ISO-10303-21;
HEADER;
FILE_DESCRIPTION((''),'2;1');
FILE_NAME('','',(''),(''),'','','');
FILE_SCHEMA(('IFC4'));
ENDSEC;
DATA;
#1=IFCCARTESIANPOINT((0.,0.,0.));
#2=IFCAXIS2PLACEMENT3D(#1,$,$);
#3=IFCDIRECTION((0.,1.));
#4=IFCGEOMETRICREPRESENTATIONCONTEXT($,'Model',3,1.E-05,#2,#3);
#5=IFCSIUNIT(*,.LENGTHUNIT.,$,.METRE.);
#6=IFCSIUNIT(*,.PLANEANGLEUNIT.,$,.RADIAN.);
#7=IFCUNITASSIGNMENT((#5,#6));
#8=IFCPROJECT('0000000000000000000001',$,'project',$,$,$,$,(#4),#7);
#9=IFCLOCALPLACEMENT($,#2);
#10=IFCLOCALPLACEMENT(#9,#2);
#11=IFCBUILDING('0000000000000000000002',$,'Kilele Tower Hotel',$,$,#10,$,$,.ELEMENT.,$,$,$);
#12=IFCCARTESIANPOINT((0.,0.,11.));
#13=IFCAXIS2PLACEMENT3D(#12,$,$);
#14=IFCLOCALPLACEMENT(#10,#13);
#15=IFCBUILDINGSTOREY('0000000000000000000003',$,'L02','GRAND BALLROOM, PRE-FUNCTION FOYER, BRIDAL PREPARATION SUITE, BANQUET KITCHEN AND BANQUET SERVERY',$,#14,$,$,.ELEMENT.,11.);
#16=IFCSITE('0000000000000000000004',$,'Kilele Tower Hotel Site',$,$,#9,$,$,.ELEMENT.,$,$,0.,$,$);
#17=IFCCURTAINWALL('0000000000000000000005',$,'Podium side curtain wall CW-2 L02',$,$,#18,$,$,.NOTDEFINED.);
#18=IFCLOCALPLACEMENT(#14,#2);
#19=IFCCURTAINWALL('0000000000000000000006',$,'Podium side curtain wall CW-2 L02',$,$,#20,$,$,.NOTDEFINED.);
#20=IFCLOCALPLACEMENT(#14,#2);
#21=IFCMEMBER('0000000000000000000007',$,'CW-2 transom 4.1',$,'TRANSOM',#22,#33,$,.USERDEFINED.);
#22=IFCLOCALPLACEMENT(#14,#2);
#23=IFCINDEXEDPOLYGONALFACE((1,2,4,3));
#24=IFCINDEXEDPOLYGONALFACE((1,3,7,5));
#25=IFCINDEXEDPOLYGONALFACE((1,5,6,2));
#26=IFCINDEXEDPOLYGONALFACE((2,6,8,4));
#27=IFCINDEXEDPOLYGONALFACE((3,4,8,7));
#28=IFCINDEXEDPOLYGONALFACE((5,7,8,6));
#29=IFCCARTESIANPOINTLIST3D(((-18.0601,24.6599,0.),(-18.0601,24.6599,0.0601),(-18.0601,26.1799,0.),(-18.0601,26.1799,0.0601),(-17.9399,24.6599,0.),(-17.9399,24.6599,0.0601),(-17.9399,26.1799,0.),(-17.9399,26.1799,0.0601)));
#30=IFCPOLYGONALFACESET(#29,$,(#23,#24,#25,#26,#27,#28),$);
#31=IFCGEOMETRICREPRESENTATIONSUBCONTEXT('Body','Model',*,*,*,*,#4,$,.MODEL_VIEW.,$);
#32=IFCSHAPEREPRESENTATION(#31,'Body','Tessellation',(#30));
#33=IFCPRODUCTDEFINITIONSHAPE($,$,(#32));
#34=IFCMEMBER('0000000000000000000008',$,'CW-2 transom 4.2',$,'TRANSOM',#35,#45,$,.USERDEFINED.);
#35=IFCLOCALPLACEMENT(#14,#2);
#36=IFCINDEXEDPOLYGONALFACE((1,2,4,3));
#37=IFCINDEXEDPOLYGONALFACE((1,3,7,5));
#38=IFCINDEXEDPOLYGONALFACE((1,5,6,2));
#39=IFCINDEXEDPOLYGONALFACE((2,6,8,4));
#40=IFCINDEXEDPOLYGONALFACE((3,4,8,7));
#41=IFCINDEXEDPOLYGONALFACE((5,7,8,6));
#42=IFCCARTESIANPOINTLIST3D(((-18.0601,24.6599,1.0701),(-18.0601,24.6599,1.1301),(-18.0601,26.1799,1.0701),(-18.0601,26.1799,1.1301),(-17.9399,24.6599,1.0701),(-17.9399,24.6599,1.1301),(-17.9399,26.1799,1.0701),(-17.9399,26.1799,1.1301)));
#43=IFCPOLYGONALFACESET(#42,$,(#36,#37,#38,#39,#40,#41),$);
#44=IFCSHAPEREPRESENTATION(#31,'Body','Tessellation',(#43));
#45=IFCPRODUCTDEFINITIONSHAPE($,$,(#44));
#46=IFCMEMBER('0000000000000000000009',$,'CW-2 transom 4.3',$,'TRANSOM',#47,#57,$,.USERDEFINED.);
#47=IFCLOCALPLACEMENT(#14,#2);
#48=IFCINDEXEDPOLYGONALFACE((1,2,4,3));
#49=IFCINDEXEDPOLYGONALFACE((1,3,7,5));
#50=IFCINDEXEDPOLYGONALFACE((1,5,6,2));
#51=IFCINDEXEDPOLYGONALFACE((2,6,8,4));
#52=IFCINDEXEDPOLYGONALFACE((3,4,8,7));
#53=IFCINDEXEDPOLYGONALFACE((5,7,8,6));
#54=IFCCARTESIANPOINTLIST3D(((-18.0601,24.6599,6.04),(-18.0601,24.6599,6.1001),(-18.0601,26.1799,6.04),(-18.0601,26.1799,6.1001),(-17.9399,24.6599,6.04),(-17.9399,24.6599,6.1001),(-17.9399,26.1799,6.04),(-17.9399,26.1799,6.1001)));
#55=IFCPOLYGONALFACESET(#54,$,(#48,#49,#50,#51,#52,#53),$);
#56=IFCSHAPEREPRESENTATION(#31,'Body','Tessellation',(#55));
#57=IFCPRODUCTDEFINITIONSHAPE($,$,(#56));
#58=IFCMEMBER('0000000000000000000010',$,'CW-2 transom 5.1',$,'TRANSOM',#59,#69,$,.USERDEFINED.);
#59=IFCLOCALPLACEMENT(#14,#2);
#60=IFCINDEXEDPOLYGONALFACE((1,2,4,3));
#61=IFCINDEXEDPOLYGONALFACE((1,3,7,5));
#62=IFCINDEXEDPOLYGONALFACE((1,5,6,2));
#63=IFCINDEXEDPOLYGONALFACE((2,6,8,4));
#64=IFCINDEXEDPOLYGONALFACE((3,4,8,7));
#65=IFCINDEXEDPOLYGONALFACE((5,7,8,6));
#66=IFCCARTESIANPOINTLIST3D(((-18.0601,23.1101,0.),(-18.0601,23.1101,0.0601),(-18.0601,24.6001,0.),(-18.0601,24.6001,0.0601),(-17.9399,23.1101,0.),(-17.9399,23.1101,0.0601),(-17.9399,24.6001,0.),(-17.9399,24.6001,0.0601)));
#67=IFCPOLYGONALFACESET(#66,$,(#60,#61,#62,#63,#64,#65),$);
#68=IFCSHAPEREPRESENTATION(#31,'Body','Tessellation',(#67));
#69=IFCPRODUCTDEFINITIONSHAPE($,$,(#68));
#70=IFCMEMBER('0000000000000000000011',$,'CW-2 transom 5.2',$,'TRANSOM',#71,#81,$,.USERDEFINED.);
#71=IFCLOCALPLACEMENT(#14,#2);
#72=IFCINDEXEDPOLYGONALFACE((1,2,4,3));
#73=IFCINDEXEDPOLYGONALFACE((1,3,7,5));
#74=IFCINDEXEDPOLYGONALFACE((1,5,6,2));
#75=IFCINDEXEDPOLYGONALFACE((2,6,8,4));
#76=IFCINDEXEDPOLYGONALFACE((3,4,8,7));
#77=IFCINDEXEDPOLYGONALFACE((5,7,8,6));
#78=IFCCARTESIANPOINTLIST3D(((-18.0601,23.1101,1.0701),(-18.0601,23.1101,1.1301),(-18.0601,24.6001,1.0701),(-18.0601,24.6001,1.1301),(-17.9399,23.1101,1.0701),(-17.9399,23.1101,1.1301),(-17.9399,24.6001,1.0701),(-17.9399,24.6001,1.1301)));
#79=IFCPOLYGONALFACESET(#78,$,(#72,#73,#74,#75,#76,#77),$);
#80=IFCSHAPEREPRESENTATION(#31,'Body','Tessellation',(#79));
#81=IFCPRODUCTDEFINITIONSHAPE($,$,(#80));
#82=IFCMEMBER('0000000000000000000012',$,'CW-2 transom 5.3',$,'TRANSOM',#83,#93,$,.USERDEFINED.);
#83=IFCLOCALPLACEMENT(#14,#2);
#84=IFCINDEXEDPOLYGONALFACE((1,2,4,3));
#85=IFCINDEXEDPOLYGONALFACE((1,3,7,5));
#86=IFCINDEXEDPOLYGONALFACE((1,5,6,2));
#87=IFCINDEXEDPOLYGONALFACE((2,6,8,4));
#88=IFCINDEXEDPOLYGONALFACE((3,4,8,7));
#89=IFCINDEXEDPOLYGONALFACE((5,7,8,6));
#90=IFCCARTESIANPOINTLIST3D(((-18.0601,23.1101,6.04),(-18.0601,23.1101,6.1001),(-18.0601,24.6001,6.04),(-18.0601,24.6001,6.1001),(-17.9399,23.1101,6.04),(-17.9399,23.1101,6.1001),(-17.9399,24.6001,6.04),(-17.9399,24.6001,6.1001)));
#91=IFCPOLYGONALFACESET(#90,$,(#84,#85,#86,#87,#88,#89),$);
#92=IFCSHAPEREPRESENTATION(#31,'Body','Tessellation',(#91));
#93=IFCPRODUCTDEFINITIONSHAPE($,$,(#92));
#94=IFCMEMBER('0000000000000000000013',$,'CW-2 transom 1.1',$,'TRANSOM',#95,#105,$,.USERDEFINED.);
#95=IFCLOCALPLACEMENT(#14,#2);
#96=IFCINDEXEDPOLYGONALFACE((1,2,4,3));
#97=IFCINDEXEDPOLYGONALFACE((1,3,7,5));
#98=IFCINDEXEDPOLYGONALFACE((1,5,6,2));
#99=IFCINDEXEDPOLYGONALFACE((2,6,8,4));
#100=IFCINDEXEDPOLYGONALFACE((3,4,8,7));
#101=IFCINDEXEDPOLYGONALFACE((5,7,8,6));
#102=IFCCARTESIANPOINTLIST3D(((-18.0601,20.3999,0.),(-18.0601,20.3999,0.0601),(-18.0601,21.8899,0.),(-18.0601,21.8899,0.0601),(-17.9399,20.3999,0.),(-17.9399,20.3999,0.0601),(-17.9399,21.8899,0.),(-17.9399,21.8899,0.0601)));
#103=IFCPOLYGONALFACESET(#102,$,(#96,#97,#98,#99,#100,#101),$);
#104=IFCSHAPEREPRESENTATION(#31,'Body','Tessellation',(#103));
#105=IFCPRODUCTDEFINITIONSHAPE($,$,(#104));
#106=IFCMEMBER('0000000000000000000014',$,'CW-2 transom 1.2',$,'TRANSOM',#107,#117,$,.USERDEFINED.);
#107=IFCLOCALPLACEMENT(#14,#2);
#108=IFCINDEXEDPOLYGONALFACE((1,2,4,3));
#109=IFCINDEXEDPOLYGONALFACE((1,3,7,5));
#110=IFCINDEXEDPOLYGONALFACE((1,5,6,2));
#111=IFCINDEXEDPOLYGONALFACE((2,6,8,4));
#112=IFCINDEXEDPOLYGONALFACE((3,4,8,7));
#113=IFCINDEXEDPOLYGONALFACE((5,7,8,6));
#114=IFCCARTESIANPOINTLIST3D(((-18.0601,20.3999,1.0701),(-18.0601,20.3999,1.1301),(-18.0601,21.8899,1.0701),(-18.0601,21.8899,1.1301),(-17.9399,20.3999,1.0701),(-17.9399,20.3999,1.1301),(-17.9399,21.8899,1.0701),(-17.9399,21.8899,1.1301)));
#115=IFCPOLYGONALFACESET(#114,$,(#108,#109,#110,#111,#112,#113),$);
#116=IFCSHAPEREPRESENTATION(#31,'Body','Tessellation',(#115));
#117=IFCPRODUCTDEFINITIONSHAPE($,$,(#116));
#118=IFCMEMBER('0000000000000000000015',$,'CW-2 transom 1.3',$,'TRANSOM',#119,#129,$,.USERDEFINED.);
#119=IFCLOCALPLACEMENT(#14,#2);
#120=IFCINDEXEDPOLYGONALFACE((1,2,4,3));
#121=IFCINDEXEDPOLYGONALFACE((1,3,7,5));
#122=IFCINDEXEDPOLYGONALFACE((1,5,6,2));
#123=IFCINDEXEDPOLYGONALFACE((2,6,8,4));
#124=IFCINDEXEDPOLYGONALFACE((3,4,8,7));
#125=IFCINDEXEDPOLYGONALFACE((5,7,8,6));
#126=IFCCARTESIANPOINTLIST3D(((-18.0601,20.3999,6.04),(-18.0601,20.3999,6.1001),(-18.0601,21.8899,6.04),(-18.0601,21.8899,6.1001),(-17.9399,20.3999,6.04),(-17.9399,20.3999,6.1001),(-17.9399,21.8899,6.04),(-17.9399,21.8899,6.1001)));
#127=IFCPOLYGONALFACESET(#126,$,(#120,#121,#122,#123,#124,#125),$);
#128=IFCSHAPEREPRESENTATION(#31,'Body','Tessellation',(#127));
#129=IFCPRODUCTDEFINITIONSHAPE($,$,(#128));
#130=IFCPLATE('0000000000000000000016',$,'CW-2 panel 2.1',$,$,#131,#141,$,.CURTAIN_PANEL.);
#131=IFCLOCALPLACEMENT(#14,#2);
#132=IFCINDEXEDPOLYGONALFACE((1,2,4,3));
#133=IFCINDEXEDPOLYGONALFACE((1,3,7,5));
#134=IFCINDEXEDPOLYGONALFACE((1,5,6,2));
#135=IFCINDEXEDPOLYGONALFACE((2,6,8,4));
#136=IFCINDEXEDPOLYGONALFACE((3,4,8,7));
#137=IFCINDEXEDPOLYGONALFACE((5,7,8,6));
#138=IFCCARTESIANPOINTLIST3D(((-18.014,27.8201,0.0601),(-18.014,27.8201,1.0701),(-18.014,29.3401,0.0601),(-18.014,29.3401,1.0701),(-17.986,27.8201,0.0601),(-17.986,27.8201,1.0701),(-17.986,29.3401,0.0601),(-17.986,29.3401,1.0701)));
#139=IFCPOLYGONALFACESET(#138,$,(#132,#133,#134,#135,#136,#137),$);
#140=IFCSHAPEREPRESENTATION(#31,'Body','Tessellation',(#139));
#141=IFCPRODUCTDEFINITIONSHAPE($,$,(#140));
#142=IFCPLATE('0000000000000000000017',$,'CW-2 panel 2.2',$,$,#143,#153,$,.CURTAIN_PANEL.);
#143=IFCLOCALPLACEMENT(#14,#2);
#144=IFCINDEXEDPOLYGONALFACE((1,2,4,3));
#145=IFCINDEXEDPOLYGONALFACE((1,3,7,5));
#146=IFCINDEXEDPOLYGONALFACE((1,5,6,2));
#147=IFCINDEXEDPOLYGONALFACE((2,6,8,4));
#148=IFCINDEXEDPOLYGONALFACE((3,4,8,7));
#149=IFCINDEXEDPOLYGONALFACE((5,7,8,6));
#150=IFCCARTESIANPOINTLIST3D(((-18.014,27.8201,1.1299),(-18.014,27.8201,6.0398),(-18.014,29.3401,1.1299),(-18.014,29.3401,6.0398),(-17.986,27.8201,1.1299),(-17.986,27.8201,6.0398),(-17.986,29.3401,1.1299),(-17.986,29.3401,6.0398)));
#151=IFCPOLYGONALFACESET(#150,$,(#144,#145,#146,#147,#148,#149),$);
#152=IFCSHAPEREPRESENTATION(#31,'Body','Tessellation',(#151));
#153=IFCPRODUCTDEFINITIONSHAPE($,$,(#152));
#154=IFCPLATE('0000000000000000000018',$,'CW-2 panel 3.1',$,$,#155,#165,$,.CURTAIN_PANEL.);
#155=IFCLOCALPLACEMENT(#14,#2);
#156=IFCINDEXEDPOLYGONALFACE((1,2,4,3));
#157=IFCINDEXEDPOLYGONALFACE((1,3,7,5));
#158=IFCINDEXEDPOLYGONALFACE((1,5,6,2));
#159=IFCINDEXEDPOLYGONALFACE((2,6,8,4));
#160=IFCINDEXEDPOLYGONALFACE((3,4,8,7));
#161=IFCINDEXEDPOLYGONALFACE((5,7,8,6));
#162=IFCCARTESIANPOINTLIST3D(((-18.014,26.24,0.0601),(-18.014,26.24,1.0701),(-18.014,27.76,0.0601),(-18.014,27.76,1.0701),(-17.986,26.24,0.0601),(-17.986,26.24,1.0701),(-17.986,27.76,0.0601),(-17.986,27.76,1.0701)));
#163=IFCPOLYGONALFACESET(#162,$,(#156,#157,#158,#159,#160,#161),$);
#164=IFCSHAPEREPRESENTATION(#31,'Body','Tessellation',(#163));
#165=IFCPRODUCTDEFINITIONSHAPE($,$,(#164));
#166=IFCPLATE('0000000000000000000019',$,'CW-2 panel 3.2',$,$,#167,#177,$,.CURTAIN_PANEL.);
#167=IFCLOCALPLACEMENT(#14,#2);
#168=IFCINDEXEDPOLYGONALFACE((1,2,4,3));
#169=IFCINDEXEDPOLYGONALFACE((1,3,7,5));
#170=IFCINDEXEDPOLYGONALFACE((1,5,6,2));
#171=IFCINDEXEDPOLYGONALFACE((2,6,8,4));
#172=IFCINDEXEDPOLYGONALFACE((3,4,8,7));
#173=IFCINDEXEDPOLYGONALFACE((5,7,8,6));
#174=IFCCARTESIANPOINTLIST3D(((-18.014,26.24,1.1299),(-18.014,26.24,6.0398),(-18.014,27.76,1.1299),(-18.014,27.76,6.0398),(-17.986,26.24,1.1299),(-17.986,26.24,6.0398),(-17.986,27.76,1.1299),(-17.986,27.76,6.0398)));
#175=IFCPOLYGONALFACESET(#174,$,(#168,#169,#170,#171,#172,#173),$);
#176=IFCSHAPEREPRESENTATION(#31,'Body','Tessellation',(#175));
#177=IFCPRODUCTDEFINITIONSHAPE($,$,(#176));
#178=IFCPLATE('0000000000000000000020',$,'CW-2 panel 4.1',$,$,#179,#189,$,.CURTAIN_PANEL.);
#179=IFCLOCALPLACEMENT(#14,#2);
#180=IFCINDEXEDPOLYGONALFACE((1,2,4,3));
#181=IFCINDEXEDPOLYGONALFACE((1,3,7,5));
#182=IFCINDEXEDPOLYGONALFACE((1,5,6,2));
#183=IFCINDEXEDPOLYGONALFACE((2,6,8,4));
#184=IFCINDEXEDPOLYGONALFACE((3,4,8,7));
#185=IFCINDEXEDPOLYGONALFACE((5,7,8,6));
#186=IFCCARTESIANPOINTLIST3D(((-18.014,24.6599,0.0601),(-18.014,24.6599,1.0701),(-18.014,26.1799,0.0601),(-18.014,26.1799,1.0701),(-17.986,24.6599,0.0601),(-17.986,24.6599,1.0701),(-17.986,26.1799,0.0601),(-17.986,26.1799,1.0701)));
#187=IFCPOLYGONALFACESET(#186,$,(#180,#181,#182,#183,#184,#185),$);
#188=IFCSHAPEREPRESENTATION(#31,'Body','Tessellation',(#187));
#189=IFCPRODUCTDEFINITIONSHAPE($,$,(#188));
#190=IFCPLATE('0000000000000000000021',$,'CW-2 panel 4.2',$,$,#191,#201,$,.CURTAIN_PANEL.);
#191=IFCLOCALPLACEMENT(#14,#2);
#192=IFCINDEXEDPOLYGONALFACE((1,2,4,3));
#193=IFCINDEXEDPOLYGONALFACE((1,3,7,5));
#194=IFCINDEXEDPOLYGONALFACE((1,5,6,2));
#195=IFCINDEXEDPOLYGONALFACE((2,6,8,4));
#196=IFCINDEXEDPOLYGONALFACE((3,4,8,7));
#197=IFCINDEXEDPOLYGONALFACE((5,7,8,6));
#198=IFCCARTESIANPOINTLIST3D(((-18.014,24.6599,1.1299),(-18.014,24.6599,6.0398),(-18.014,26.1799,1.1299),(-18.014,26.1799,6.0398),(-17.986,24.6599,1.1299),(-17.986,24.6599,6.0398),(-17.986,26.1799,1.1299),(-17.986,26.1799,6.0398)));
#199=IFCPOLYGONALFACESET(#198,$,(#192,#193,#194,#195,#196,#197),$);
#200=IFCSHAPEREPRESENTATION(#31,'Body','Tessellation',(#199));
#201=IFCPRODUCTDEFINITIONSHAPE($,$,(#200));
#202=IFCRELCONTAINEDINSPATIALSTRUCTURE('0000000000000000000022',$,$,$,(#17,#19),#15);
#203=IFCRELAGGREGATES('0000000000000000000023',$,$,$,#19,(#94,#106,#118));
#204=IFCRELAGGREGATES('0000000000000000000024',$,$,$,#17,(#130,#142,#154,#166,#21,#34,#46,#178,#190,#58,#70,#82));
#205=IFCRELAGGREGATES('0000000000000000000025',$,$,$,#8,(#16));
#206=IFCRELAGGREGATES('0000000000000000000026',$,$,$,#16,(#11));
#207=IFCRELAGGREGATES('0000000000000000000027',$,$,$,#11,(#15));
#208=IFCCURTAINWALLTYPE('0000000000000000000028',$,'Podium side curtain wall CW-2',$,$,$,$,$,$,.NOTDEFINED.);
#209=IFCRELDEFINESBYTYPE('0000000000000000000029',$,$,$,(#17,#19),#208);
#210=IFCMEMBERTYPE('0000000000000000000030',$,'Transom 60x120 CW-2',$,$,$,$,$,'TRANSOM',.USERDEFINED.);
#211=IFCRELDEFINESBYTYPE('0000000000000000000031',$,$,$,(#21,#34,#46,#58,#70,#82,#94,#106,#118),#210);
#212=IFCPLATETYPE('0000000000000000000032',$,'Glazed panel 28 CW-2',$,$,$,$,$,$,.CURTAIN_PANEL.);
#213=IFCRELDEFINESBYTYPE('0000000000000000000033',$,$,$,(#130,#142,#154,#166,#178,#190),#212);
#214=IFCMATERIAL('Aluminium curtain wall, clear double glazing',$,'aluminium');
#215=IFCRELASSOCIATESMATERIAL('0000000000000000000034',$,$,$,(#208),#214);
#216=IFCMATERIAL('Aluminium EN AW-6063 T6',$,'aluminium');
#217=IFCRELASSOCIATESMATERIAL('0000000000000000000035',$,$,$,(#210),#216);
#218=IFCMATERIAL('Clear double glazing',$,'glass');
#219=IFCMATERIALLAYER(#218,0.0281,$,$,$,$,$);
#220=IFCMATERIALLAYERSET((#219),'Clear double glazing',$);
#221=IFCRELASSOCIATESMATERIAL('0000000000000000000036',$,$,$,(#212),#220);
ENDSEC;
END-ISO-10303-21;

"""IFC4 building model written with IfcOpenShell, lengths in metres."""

from ifc_helpers import new_model, si_unit, direction, frame, origin, origin_2d, place, context, subcontext, project, spatial, rectangle, extrude, material, layer, layer_set, material_profile, profile_set, type_object, element, aggregate, save


model = new_model("IFC4")

# Units and contexts
model_context = context("Model", 3, precision=1e-05, world=origin(), true_north=direction((0.0, 1.0)))
body_context = subcontext(model_context, "Body", "Model", "MODEL_VIEW")
ifc_project = project(units=[si_unit("LENGTHUNIT", "METRE"), si_unit("PLANEANGLEUNIT", "RADIAN")], contexts=[model_context])

# Site, building, storey
site_placement = place(None, origin())
site = spatial("IfcSite", under=ifc_project, at=site_placement, Name="Kilele Tower Hotel Site", CompositionType="ELEMENT", RefElevation=0.0)
building_placement = place(site_placement, origin())
building = spatial("IfcBuilding", under=site, at=building_placement, Name="Kilele Tower Hotel", CompositionType="ELEMENT")
storey_placement = place(building_placement, frame((0.0, 0.0, 11.0)))
storey = spatial("IfcBuildingStorey", under=building, at=storey_placement, Name="L02", Description="GRAND BALLROOM, PRE-FUNCTION FOYER, BRIDAL PREPARATION SUITE, BANQUET KITCHEN AND BANQUET SERVERY", CompositionType="ELEMENT", Elevation=11.0)

# Curtain wall
ifc_material_1 = material(Name="Aluminium curtain wall, clear double glazing", Category="aluminium")
curtain_wall_type = type_object("IfcCurtainWallType", Name="Podium side curtain wall CW-2", PredefinedType="NOTDEFINED", material=ifc_material_1)
curtain_wall_1_placement = place(storey_placement, origin())
curtain_wall_1 = element("IfcCurtainWall", 1, at=curtain_wall_1_placement, inside=storey, type_object=curtain_wall_type, Name="Podium side curtain wall CW-2 L02", PredefinedType="NOTDEFINED")

# Curtain wall
curtain_wall_2_placement = place(storey_placement, origin())
curtain_wall_2 = element("IfcCurtainWall", 2, at=curtain_wall_2_placement, inside=storey, type_object=curtain_wall_type, Name="Podium side curtain wall CW-2 L02", PredefinedType="NOTDEFINED")

# Members
ifc_material_2 = material(Name="Aluminium EN AW-6063 T6", Category="aluminium")
ifc_material_profile_1 = material_profile(ifc_material_2, rectangle(XDim=0.1201, YDim=0.0601, at=origin_2d()))
ifc_profile_set_1 = profile_set([ifc_material_profile_1], Name="Aluminium EN AW-6063 T6")
member_type_1 = type_object("IfcMemberType", Name="Transom 60x120 CW-2", ElementType="TRANSOM", PredefinedType="USERDEFINED", material=ifc_profile_set_1)
member_1_placement = place(storey_placement, frame((-18.0, 26.1799, 0.03), z_axis=(0.0, -1.0, 0.0), x_axis=(1.0, 0.0, 0.0)))
member_1 = element("IfcMember", 3, at=member_1_placement, type_object=member_type_1, Name="CW-2 transom 4.1", ObjectType="TRANSOM", PredefinedType="USERDEFINED", context=body_context, shape_type="SweptSolid", body=[
    extrude(rectangle(XDim=0.1201, YDim=0.0601, at=origin_2d()), origin(), (0.0, 0.0, 1.0), 1.52),
])
member_2_placement = place(storey_placement, frame((-18.0, 26.1799, 1.1001), z_axis=(0.0, -1.0, 0.0), x_axis=(1.0, 0.0, 0.0)))
member_2 = element("IfcMember", 4, at=member_2_placement, type_object=member_type_1, Name="CW-2 transom 4.2", ObjectType="TRANSOM", PredefinedType="USERDEFINED", context=body_context, shape_type="SweptSolid", body=[
    extrude(rectangle(XDim=0.1201, YDim=0.0601, at=origin_2d()), origin(), (0.0, 0.0, 1.0), 1.52),
])
member_3_placement = place(storey_placement, frame((-18.0, 26.1799, 6.0701), z_axis=(0.0, -1.0, 0.0), x_axis=(1.0, 0.0, 0.0)))
member_3 = element("IfcMember", 5, at=member_3_placement, type_object=member_type_1, Name="CW-2 transom 4.3", ObjectType="TRANSOM", PredefinedType="USERDEFINED", context=body_context, shape_type="SweptSolid", body=[
    extrude(rectangle(XDim=0.1201, YDim=0.0601, at=origin_2d()), origin(), (0.0, 0.0, 1.0), 1.52),
])
member_4_placement = place(storey_placement, frame((-18.0, 24.6001, 0.03), z_axis=(0.0, -1.0, 0.0), x_axis=(1.0, 0.0, 0.0)))
member_4 = element("IfcMember", 6, at=member_4_placement, type_object=member_type_1, Name="CW-2 transom 5.1", ObjectType="TRANSOM", PredefinedType="USERDEFINED", context=body_context, shape_type="SweptSolid", body=[
    extrude(rectangle(XDim=0.1201, YDim=0.0601, at=origin_2d()), origin(), (0.0, 0.0, 1.0), 1.49),
])
member_5_placement = place(storey_placement, frame((-18.0, 24.6001, 1.1001), z_axis=(0.0, -1.0, 0.0), x_axis=(1.0, 0.0, 0.0)))
member_5 = element("IfcMember", 7, at=member_5_placement, type_object=member_type_1, Name="CW-2 transom 5.2", ObjectType="TRANSOM", PredefinedType="USERDEFINED", context=body_context, shape_type="SweptSolid", body=[
    extrude(rectangle(XDim=0.1201, YDim=0.0601, at=origin_2d()), origin(), (0.0, 0.0, 1.0), 1.49),
])
member_6_placement = place(storey_placement, frame((-18.0, 24.6001, 6.0701), z_axis=(0.0, -1.0, 0.0), x_axis=(1.0, 0.0, 0.0)))
member_6 = element("IfcMember", 8, at=member_6_placement, type_object=member_type_1, Name="CW-2 transom 5.3", ObjectType="TRANSOM", PredefinedType="USERDEFINED", context=body_context, shape_type="SweptSolid", body=[
    extrude(rectangle(XDim=0.1201, YDim=0.0601, at=origin_2d()), origin(), (0.0, 0.0, 1.0), 1.49),
])
member_7_placement = place(storey_placement, frame((-18.0, 21.8899, 0.03), z_axis=(0.0, -1.0, 0.0), x_axis=(1.0, 0.0, 0.0)))
member_7 = element("IfcMember", 9, at=member_7_placement, type_object=member_type_1, Name="CW-2 transom 1.1", ObjectType="TRANSOM", PredefinedType="USERDEFINED", context=body_context, shape_type="SweptSolid", body=[
    extrude(rectangle(XDim=0.1201, YDim=0.0601, at=origin_2d()), origin(), (0.0, 0.0, 1.0), 1.49),
])
member_8_placement = place(storey_placement, frame((-18.0, 21.8899, 1.1001), z_axis=(0.0, -1.0, 0.0), x_axis=(1.0, 0.0, 0.0)))
member_8 = element("IfcMember", 10, at=member_8_placement, type_object=member_type_1, Name="CW-2 transom 1.2", ObjectType="TRANSOM", PredefinedType="USERDEFINED", context=body_context, shape_type="SweptSolid", body=[
    extrude(rectangle(XDim=0.1201, YDim=0.0601, at=origin_2d()), origin(), (0.0, 0.0, 1.0), 1.49),
])
member_9_placement = place(storey_placement, frame((-18.0, 21.8899, 6.0701), z_axis=(0.0, -1.0, 0.0), x_axis=(1.0, 0.0, 0.0)))
member_9 = element("IfcMember", 11, at=member_9_placement, type_object=member_type_1, Name="CW-2 transom 1.3", ObjectType="TRANSOM", PredefinedType="USERDEFINED", context=body_context, shape_type="SweptSolid", body=[
    extrude(rectangle(XDim=0.1201, YDim=0.0601, at=origin_2d()), origin(), (0.0, 0.0, 1.0), 1.49),
])
aggregate(curtain_wall_2, [member_7, member_8, member_9])

# Plates
ifc_material_3 = material(Name="Clear double glazing", Category="glass")
ifc_layer = layer(ifc_material_3, 0.0281)
ifc_layer_set = layer_set([ifc_layer], Name="Clear double glazing")
plate_type = type_object("IfcPlateType", Name="Glazed panel 28 CW-2", PredefinedType="CURTAIN_PANEL", material=ifc_layer_set)
plate_1_placement = place(storey_placement, frame((-18.0, 28.5801, 0.0601), z_axis=(0.0, 0.0, 1.0), x_axis=(0.0, -1.0, 0.0)))
plate_1 = element("IfcPlate", 12, at=plate_1_placement, type_object=plate_type, Name="CW-2 panel 2.1", PredefinedType="CURTAIN_PANEL", context=body_context, shape_type="SweptSolid", body=[
    extrude(rectangle(XDim=1.52, YDim=0.0281, at=origin_2d()), origin(), (0.0, 0.0, 1.0), 1.01),
])
plate_2_placement = place(storey_placement, frame((-18.0, 28.5801, 1.1299), z_axis=(0.0, 0.0, 1.0), x_axis=(0.0, -1.0, 0.0)))
plate_2 = element("IfcPlate", 13, at=plate_2_placement, type_object=plate_type, Name="CW-2 panel 2.2", PredefinedType="CURTAIN_PANEL", context=body_context, shape_type="SweptSolid", body=[
    extrude(rectangle(XDim=1.52, YDim=0.0281, at=origin_2d()), origin(), (0.0, 0.0, 1.0), 4.9099),
])
plate_3_placement = place(storey_placement, frame((-18.0, 27.0, 0.0601), z_axis=(0.0, 0.0, 1.0), x_axis=(0.0, -1.0, 0.0)))
plate_3 = element("IfcPlate", 14, at=plate_3_placement, type_object=plate_type, Name="CW-2 panel 3.1", PredefinedType="CURTAIN_PANEL", context=body_context, shape_type="SweptSolid", body=[
    extrude(rectangle(XDim=1.52, YDim=0.0281, at=origin_2d()), origin(), (0.0, 0.0, 1.0), 1.01),
])
plate_4_placement = place(storey_placement, frame((-18.0, 27.0, 1.1299), z_axis=(0.0, 0.0, 1.0), x_axis=(0.0, -1.0, 0.0)))
plate_4 = element("IfcPlate", 15, at=plate_4_placement, type_object=plate_type, Name="CW-2 panel 3.2", PredefinedType="CURTAIN_PANEL", context=body_context, shape_type="SweptSolid", body=[
    extrude(rectangle(XDim=1.52, YDim=0.0281, at=origin_2d()), origin(), (0.0, 0.0, 1.0), 4.9099),
])
plate_5_placement = place(storey_placement, frame((-18.0, 25.4199, 0.0601), z_axis=(0.0, 0.0, 1.0), x_axis=(0.0, -1.0, 0.0)))
plate_5 = element("IfcPlate", 16, at=plate_5_placement, type_object=plate_type, Name="CW-2 panel 4.1", PredefinedType="CURTAIN_PANEL", context=body_context, shape_type="SweptSolid", body=[
    extrude(rectangle(XDim=1.52, YDim=0.0281, at=origin_2d()), origin(), (0.0, 0.0, 1.0), 1.01),
])
plate_6_placement = place(storey_placement, frame((-18.0, 25.4199, 1.1299), z_axis=(0.0, 0.0, 1.0), x_axis=(0.0, -1.0, 0.0)))
plate_6 = element("IfcPlate", 17, at=plate_6_placement, type_object=plate_type, Name="CW-2 panel 4.2", PredefinedType="CURTAIN_PANEL", context=body_context, shape_type="SweptSolid", body=[
    extrude(rectangle(XDim=1.52, YDim=0.0281, at=origin_2d()), origin(), (0.0, 0.0, 1.0), 4.9099),
])
aggregate(curtain_wall_1, [plate_1, plate_2, plate_3, plate_4, member_1, member_2, member_3, plate_5, plate_6, member_4, member_5, member_6])

save(model, "model.ifc")
